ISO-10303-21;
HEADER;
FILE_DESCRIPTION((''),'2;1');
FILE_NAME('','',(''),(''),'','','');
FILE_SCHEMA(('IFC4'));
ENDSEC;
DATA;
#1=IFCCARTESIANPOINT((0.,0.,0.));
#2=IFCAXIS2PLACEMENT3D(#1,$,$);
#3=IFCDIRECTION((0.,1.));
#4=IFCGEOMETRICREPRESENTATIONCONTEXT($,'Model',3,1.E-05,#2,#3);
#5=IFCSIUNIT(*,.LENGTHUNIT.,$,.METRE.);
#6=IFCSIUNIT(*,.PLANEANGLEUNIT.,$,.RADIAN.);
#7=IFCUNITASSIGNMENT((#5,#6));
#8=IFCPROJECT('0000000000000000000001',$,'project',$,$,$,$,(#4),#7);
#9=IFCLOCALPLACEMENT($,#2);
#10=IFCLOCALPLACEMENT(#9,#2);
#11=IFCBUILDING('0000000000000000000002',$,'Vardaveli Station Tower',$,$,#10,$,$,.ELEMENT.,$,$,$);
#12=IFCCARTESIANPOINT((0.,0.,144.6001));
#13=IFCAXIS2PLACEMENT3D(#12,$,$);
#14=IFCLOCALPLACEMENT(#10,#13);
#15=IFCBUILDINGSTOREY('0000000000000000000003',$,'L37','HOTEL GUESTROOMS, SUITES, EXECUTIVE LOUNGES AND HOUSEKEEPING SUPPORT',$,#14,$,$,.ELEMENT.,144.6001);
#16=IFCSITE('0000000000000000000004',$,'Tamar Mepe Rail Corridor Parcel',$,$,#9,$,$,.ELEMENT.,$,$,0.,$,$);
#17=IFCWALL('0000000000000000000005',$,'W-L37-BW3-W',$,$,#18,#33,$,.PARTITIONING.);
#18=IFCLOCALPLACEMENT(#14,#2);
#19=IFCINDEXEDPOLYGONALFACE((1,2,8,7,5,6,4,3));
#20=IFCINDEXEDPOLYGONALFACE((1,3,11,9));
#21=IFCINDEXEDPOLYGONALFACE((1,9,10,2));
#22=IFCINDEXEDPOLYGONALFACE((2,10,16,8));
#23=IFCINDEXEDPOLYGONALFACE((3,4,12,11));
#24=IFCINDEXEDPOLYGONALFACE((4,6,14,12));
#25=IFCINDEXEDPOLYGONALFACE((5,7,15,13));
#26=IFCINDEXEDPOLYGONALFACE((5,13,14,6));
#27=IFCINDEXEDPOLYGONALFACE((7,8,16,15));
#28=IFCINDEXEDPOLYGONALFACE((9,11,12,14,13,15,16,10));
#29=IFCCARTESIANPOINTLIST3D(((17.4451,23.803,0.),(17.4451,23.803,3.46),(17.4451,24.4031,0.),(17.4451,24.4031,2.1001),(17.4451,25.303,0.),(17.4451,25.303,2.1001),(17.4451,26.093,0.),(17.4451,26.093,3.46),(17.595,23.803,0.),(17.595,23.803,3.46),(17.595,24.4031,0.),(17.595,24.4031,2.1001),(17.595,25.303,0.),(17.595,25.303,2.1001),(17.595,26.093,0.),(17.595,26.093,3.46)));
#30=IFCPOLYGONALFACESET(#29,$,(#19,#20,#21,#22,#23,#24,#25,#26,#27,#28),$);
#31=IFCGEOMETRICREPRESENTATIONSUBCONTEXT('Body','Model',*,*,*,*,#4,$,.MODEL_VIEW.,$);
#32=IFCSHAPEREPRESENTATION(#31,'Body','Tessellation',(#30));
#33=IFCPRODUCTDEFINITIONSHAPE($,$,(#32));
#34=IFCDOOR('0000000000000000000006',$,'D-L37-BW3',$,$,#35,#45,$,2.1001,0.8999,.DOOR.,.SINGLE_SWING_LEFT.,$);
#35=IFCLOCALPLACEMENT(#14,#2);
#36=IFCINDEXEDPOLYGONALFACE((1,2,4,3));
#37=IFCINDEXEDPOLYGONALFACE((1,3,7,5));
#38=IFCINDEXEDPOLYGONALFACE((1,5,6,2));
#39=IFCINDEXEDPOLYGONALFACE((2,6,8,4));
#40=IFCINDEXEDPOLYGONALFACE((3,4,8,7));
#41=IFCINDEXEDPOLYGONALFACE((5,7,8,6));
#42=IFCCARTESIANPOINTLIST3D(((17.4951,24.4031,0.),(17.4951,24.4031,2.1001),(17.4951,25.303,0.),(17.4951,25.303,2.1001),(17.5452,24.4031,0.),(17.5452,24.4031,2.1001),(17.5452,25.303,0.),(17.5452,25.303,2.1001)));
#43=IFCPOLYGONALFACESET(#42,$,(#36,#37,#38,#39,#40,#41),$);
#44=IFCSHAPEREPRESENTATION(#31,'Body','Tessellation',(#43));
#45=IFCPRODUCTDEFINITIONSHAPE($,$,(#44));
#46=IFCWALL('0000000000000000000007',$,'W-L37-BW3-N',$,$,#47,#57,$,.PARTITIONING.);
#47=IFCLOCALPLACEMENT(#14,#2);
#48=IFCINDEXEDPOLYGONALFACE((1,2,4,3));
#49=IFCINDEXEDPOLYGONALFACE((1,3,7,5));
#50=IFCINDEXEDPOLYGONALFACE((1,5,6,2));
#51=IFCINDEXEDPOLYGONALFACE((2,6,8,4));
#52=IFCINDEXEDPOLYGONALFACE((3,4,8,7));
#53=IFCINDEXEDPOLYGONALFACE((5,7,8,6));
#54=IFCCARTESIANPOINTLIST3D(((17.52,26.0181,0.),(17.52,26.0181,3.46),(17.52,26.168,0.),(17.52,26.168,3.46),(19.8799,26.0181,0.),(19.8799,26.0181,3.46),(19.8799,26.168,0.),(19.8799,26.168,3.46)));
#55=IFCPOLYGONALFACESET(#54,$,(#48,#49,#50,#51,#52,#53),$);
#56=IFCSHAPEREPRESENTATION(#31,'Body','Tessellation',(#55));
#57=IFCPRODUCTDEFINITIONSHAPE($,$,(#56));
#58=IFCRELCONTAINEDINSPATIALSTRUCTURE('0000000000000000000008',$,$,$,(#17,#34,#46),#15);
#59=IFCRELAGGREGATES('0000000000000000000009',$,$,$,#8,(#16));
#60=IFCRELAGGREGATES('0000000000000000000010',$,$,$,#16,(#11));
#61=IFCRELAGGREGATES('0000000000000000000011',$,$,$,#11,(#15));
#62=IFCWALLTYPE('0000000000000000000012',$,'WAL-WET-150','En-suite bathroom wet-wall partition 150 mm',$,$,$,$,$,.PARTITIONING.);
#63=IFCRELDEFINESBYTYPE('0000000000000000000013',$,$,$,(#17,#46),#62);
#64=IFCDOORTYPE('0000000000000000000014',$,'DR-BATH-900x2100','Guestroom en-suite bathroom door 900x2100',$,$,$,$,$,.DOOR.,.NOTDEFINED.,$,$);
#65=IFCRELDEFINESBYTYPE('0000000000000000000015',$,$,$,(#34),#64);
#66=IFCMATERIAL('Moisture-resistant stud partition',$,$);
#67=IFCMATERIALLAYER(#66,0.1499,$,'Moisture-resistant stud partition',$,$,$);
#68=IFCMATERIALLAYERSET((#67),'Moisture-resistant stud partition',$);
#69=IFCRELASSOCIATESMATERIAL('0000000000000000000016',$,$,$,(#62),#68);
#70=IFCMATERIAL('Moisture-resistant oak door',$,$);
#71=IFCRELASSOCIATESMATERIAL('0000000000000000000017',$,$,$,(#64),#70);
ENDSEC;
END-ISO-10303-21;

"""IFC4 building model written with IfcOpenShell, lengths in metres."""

from ifc_helpers import new_model, si_unit, direction, frame, frame_2d, origin, place, context, subcontext, project, spatial, rectangle, extrude, source, transform, mapped, material, layer, layer_set, type_object, element, fill, save


model = new_model("IFC4")

# Units and contexts
model_context = context("Model", 3, precision=1e-05, world=origin(), true_north=direction((0.0, 1.0)))
body_context = subcontext(model_context, "Body", "Model", "MODEL_VIEW")
ifc_project = project(units=[si_unit("LENGTHUNIT", "METRE"), si_unit("PLANEANGLEUNIT", "RADIAN")], contexts=[model_context])

# Site, building, storey
site_placement = place(None, origin())
site = spatial("IfcSite", under=ifc_project, at=site_placement, Name="Tamar Mepe Rail Corridor Parcel", CompositionType="ELEMENT", RefElevation=0.0)
building_placement = place(site_placement, origin())
building = spatial("IfcBuilding", under=site, at=building_placement, Name="Vardaveli Station Tower", CompositionType="ELEMENT")
storey_placement = place(building_placement, frame((0.0, 0.0, 144.6001)))
storey = spatial("IfcBuildingStorey", under=building, at=storey_placement, Name="L37", Description="HOTEL GUESTROOMS, SUITES, EXECUTIVE LOUNGES AND HOUSEKEEPING SUPPORT", CompositionType="ELEMENT", Elevation=144.6001)

# Wall, opening, door
ifc_material_1 = material(Name="Moisture-resistant stud partition")
ifc_layer_1 = layer(ifc_material_1, 0.1499, Name="Moisture-resistant stud partition")
ifc_layer_set_1 = layer_set([ifc_layer_1], Name="Moisture-resistant stud partition")
wall_type_1 = type_object("IfcWallType", Name="WAL-WET-150", Description="En-suite bathroom wet-wall partition 150 mm", PredefinedType="PARTITIONING", material=ifc_layer_set_1)
shared_shape_1 = source(origin(), body_context, "Body", "SweptSolid", [
    extrude(rectangle(XDim=2.29, YDim=0.1499, at=frame_2d((1.145, 0.0))), origin(), (0.0, 0.0, 1.0), 3.46),
])
wall_1_placement = place(storey_placement, frame((17.52, 23.803, 0.0), z_axis=(0.0, 0.0, 1.0), x_axis=(0.0, 1.0, 0.0)))
wall_1 = element("IfcWall", 1, at=wall_1_placement, inside=storey, type_object=wall_type_1, Name="W-L37-BW3-W", PredefinedType="PARTITIONING", context=body_context, shape_type="MappedRepresentation", body=[
    mapped(shared_shape_1, transform((0.0, 0.0, 0.0), scale=1.0)),
])
shared_shape_2 = source(origin(), body_context, "Body", "SweptSolid", [
    extrude(rectangle(XDim=0.8999, YDim=2.1001, at=frame_2d((0.45, 1.05))), frame((0.0, 0.085, 0.0), z_axis=(0.0, -1.0, 0.0), x_axis=(1.0, 0.0, 0.0)), (0.0, 0.0, 1.0), 0.1699),
])
opening_1_placement = place(wall_1_placement, frame((0.6001, 0.0, 0.0)))
opening_1 = element("IfcOpeningElement", 2, at=opening_1_placement, cuts=wall_1, PredefinedType="OPENING", context=body_context, shape_type="MappedRepresentation", body=[
    mapped(shared_shape_2, transform((0.0, 0.0, 0.0), scale=1.0)),
])
ifc_material_2 = material(Name="Moisture-resistant oak door")
door_type_1 = type_object("IfcDoorType", Name="DR-BATH-900x2100", Description="Guestroom en-suite bathroom door 900x2100", OperationType="NOTDEFINED", PredefinedType="DOOR", material=ifc_material_2)
shared_shape_3 = source(origin(), body_context, "Body", "SweptSolid", [
    extrude(rectangle(XDim=0.8999, YDim=2.1001, at=frame_2d((0.45, 1.05))), frame((0.0, 0.0249, 0.0), z_axis=(0.0, -1.0, 0.0), x_axis=(1.0, 0.0, 0.0)), (0.0, 0.0, 1.0), 0.05),
])
door_1_placement = place(opening_1_placement, origin())
door_1 = element("IfcDoor", 3, at=door_1_placement, inside=storey, type_object=door_type_1, Name="D-L37-BW3", OperationType="SINGLE_SWING_LEFT", OverallHeight=2.1001, OverallWidth=0.8999, PredefinedType="DOOR", context=body_context, shape_type="MappedRepresentation", body=[
    mapped(shared_shape_3, transform((0.0, 0.0, 0.0), scale=1.0)),
])
fill(opening_1, door_1)

# Wall
shared_shape_4 = source(origin(), body_context, "Body", "SweptSolid", [
    extrude(rectangle(XDim=2.3599, YDim=0.1499, at=frame_2d((1.1799, 0.0))), origin(), (0.0, 0.0, 1.0), 3.46),
])
wall_2_placement = place(storey_placement, frame((17.52, 26.093, 0.0), z_axis=(0.0, 0.0, 1.0), x_axis=(1.0, 0.0, 0.0)))
element("IfcWall", 4, at=wall_2_placement, inside=storey, type_object=wall_type_1, Name="W-L37-BW3-N", PredefinedType="PARTITIONING", context=body_context, shape_type="MappedRepresentation", body=[
    mapped(shared_shape_4, transform((0.0, 0.0, 0.0), scale=1.0)),
])

save(model, "model.ifc")
